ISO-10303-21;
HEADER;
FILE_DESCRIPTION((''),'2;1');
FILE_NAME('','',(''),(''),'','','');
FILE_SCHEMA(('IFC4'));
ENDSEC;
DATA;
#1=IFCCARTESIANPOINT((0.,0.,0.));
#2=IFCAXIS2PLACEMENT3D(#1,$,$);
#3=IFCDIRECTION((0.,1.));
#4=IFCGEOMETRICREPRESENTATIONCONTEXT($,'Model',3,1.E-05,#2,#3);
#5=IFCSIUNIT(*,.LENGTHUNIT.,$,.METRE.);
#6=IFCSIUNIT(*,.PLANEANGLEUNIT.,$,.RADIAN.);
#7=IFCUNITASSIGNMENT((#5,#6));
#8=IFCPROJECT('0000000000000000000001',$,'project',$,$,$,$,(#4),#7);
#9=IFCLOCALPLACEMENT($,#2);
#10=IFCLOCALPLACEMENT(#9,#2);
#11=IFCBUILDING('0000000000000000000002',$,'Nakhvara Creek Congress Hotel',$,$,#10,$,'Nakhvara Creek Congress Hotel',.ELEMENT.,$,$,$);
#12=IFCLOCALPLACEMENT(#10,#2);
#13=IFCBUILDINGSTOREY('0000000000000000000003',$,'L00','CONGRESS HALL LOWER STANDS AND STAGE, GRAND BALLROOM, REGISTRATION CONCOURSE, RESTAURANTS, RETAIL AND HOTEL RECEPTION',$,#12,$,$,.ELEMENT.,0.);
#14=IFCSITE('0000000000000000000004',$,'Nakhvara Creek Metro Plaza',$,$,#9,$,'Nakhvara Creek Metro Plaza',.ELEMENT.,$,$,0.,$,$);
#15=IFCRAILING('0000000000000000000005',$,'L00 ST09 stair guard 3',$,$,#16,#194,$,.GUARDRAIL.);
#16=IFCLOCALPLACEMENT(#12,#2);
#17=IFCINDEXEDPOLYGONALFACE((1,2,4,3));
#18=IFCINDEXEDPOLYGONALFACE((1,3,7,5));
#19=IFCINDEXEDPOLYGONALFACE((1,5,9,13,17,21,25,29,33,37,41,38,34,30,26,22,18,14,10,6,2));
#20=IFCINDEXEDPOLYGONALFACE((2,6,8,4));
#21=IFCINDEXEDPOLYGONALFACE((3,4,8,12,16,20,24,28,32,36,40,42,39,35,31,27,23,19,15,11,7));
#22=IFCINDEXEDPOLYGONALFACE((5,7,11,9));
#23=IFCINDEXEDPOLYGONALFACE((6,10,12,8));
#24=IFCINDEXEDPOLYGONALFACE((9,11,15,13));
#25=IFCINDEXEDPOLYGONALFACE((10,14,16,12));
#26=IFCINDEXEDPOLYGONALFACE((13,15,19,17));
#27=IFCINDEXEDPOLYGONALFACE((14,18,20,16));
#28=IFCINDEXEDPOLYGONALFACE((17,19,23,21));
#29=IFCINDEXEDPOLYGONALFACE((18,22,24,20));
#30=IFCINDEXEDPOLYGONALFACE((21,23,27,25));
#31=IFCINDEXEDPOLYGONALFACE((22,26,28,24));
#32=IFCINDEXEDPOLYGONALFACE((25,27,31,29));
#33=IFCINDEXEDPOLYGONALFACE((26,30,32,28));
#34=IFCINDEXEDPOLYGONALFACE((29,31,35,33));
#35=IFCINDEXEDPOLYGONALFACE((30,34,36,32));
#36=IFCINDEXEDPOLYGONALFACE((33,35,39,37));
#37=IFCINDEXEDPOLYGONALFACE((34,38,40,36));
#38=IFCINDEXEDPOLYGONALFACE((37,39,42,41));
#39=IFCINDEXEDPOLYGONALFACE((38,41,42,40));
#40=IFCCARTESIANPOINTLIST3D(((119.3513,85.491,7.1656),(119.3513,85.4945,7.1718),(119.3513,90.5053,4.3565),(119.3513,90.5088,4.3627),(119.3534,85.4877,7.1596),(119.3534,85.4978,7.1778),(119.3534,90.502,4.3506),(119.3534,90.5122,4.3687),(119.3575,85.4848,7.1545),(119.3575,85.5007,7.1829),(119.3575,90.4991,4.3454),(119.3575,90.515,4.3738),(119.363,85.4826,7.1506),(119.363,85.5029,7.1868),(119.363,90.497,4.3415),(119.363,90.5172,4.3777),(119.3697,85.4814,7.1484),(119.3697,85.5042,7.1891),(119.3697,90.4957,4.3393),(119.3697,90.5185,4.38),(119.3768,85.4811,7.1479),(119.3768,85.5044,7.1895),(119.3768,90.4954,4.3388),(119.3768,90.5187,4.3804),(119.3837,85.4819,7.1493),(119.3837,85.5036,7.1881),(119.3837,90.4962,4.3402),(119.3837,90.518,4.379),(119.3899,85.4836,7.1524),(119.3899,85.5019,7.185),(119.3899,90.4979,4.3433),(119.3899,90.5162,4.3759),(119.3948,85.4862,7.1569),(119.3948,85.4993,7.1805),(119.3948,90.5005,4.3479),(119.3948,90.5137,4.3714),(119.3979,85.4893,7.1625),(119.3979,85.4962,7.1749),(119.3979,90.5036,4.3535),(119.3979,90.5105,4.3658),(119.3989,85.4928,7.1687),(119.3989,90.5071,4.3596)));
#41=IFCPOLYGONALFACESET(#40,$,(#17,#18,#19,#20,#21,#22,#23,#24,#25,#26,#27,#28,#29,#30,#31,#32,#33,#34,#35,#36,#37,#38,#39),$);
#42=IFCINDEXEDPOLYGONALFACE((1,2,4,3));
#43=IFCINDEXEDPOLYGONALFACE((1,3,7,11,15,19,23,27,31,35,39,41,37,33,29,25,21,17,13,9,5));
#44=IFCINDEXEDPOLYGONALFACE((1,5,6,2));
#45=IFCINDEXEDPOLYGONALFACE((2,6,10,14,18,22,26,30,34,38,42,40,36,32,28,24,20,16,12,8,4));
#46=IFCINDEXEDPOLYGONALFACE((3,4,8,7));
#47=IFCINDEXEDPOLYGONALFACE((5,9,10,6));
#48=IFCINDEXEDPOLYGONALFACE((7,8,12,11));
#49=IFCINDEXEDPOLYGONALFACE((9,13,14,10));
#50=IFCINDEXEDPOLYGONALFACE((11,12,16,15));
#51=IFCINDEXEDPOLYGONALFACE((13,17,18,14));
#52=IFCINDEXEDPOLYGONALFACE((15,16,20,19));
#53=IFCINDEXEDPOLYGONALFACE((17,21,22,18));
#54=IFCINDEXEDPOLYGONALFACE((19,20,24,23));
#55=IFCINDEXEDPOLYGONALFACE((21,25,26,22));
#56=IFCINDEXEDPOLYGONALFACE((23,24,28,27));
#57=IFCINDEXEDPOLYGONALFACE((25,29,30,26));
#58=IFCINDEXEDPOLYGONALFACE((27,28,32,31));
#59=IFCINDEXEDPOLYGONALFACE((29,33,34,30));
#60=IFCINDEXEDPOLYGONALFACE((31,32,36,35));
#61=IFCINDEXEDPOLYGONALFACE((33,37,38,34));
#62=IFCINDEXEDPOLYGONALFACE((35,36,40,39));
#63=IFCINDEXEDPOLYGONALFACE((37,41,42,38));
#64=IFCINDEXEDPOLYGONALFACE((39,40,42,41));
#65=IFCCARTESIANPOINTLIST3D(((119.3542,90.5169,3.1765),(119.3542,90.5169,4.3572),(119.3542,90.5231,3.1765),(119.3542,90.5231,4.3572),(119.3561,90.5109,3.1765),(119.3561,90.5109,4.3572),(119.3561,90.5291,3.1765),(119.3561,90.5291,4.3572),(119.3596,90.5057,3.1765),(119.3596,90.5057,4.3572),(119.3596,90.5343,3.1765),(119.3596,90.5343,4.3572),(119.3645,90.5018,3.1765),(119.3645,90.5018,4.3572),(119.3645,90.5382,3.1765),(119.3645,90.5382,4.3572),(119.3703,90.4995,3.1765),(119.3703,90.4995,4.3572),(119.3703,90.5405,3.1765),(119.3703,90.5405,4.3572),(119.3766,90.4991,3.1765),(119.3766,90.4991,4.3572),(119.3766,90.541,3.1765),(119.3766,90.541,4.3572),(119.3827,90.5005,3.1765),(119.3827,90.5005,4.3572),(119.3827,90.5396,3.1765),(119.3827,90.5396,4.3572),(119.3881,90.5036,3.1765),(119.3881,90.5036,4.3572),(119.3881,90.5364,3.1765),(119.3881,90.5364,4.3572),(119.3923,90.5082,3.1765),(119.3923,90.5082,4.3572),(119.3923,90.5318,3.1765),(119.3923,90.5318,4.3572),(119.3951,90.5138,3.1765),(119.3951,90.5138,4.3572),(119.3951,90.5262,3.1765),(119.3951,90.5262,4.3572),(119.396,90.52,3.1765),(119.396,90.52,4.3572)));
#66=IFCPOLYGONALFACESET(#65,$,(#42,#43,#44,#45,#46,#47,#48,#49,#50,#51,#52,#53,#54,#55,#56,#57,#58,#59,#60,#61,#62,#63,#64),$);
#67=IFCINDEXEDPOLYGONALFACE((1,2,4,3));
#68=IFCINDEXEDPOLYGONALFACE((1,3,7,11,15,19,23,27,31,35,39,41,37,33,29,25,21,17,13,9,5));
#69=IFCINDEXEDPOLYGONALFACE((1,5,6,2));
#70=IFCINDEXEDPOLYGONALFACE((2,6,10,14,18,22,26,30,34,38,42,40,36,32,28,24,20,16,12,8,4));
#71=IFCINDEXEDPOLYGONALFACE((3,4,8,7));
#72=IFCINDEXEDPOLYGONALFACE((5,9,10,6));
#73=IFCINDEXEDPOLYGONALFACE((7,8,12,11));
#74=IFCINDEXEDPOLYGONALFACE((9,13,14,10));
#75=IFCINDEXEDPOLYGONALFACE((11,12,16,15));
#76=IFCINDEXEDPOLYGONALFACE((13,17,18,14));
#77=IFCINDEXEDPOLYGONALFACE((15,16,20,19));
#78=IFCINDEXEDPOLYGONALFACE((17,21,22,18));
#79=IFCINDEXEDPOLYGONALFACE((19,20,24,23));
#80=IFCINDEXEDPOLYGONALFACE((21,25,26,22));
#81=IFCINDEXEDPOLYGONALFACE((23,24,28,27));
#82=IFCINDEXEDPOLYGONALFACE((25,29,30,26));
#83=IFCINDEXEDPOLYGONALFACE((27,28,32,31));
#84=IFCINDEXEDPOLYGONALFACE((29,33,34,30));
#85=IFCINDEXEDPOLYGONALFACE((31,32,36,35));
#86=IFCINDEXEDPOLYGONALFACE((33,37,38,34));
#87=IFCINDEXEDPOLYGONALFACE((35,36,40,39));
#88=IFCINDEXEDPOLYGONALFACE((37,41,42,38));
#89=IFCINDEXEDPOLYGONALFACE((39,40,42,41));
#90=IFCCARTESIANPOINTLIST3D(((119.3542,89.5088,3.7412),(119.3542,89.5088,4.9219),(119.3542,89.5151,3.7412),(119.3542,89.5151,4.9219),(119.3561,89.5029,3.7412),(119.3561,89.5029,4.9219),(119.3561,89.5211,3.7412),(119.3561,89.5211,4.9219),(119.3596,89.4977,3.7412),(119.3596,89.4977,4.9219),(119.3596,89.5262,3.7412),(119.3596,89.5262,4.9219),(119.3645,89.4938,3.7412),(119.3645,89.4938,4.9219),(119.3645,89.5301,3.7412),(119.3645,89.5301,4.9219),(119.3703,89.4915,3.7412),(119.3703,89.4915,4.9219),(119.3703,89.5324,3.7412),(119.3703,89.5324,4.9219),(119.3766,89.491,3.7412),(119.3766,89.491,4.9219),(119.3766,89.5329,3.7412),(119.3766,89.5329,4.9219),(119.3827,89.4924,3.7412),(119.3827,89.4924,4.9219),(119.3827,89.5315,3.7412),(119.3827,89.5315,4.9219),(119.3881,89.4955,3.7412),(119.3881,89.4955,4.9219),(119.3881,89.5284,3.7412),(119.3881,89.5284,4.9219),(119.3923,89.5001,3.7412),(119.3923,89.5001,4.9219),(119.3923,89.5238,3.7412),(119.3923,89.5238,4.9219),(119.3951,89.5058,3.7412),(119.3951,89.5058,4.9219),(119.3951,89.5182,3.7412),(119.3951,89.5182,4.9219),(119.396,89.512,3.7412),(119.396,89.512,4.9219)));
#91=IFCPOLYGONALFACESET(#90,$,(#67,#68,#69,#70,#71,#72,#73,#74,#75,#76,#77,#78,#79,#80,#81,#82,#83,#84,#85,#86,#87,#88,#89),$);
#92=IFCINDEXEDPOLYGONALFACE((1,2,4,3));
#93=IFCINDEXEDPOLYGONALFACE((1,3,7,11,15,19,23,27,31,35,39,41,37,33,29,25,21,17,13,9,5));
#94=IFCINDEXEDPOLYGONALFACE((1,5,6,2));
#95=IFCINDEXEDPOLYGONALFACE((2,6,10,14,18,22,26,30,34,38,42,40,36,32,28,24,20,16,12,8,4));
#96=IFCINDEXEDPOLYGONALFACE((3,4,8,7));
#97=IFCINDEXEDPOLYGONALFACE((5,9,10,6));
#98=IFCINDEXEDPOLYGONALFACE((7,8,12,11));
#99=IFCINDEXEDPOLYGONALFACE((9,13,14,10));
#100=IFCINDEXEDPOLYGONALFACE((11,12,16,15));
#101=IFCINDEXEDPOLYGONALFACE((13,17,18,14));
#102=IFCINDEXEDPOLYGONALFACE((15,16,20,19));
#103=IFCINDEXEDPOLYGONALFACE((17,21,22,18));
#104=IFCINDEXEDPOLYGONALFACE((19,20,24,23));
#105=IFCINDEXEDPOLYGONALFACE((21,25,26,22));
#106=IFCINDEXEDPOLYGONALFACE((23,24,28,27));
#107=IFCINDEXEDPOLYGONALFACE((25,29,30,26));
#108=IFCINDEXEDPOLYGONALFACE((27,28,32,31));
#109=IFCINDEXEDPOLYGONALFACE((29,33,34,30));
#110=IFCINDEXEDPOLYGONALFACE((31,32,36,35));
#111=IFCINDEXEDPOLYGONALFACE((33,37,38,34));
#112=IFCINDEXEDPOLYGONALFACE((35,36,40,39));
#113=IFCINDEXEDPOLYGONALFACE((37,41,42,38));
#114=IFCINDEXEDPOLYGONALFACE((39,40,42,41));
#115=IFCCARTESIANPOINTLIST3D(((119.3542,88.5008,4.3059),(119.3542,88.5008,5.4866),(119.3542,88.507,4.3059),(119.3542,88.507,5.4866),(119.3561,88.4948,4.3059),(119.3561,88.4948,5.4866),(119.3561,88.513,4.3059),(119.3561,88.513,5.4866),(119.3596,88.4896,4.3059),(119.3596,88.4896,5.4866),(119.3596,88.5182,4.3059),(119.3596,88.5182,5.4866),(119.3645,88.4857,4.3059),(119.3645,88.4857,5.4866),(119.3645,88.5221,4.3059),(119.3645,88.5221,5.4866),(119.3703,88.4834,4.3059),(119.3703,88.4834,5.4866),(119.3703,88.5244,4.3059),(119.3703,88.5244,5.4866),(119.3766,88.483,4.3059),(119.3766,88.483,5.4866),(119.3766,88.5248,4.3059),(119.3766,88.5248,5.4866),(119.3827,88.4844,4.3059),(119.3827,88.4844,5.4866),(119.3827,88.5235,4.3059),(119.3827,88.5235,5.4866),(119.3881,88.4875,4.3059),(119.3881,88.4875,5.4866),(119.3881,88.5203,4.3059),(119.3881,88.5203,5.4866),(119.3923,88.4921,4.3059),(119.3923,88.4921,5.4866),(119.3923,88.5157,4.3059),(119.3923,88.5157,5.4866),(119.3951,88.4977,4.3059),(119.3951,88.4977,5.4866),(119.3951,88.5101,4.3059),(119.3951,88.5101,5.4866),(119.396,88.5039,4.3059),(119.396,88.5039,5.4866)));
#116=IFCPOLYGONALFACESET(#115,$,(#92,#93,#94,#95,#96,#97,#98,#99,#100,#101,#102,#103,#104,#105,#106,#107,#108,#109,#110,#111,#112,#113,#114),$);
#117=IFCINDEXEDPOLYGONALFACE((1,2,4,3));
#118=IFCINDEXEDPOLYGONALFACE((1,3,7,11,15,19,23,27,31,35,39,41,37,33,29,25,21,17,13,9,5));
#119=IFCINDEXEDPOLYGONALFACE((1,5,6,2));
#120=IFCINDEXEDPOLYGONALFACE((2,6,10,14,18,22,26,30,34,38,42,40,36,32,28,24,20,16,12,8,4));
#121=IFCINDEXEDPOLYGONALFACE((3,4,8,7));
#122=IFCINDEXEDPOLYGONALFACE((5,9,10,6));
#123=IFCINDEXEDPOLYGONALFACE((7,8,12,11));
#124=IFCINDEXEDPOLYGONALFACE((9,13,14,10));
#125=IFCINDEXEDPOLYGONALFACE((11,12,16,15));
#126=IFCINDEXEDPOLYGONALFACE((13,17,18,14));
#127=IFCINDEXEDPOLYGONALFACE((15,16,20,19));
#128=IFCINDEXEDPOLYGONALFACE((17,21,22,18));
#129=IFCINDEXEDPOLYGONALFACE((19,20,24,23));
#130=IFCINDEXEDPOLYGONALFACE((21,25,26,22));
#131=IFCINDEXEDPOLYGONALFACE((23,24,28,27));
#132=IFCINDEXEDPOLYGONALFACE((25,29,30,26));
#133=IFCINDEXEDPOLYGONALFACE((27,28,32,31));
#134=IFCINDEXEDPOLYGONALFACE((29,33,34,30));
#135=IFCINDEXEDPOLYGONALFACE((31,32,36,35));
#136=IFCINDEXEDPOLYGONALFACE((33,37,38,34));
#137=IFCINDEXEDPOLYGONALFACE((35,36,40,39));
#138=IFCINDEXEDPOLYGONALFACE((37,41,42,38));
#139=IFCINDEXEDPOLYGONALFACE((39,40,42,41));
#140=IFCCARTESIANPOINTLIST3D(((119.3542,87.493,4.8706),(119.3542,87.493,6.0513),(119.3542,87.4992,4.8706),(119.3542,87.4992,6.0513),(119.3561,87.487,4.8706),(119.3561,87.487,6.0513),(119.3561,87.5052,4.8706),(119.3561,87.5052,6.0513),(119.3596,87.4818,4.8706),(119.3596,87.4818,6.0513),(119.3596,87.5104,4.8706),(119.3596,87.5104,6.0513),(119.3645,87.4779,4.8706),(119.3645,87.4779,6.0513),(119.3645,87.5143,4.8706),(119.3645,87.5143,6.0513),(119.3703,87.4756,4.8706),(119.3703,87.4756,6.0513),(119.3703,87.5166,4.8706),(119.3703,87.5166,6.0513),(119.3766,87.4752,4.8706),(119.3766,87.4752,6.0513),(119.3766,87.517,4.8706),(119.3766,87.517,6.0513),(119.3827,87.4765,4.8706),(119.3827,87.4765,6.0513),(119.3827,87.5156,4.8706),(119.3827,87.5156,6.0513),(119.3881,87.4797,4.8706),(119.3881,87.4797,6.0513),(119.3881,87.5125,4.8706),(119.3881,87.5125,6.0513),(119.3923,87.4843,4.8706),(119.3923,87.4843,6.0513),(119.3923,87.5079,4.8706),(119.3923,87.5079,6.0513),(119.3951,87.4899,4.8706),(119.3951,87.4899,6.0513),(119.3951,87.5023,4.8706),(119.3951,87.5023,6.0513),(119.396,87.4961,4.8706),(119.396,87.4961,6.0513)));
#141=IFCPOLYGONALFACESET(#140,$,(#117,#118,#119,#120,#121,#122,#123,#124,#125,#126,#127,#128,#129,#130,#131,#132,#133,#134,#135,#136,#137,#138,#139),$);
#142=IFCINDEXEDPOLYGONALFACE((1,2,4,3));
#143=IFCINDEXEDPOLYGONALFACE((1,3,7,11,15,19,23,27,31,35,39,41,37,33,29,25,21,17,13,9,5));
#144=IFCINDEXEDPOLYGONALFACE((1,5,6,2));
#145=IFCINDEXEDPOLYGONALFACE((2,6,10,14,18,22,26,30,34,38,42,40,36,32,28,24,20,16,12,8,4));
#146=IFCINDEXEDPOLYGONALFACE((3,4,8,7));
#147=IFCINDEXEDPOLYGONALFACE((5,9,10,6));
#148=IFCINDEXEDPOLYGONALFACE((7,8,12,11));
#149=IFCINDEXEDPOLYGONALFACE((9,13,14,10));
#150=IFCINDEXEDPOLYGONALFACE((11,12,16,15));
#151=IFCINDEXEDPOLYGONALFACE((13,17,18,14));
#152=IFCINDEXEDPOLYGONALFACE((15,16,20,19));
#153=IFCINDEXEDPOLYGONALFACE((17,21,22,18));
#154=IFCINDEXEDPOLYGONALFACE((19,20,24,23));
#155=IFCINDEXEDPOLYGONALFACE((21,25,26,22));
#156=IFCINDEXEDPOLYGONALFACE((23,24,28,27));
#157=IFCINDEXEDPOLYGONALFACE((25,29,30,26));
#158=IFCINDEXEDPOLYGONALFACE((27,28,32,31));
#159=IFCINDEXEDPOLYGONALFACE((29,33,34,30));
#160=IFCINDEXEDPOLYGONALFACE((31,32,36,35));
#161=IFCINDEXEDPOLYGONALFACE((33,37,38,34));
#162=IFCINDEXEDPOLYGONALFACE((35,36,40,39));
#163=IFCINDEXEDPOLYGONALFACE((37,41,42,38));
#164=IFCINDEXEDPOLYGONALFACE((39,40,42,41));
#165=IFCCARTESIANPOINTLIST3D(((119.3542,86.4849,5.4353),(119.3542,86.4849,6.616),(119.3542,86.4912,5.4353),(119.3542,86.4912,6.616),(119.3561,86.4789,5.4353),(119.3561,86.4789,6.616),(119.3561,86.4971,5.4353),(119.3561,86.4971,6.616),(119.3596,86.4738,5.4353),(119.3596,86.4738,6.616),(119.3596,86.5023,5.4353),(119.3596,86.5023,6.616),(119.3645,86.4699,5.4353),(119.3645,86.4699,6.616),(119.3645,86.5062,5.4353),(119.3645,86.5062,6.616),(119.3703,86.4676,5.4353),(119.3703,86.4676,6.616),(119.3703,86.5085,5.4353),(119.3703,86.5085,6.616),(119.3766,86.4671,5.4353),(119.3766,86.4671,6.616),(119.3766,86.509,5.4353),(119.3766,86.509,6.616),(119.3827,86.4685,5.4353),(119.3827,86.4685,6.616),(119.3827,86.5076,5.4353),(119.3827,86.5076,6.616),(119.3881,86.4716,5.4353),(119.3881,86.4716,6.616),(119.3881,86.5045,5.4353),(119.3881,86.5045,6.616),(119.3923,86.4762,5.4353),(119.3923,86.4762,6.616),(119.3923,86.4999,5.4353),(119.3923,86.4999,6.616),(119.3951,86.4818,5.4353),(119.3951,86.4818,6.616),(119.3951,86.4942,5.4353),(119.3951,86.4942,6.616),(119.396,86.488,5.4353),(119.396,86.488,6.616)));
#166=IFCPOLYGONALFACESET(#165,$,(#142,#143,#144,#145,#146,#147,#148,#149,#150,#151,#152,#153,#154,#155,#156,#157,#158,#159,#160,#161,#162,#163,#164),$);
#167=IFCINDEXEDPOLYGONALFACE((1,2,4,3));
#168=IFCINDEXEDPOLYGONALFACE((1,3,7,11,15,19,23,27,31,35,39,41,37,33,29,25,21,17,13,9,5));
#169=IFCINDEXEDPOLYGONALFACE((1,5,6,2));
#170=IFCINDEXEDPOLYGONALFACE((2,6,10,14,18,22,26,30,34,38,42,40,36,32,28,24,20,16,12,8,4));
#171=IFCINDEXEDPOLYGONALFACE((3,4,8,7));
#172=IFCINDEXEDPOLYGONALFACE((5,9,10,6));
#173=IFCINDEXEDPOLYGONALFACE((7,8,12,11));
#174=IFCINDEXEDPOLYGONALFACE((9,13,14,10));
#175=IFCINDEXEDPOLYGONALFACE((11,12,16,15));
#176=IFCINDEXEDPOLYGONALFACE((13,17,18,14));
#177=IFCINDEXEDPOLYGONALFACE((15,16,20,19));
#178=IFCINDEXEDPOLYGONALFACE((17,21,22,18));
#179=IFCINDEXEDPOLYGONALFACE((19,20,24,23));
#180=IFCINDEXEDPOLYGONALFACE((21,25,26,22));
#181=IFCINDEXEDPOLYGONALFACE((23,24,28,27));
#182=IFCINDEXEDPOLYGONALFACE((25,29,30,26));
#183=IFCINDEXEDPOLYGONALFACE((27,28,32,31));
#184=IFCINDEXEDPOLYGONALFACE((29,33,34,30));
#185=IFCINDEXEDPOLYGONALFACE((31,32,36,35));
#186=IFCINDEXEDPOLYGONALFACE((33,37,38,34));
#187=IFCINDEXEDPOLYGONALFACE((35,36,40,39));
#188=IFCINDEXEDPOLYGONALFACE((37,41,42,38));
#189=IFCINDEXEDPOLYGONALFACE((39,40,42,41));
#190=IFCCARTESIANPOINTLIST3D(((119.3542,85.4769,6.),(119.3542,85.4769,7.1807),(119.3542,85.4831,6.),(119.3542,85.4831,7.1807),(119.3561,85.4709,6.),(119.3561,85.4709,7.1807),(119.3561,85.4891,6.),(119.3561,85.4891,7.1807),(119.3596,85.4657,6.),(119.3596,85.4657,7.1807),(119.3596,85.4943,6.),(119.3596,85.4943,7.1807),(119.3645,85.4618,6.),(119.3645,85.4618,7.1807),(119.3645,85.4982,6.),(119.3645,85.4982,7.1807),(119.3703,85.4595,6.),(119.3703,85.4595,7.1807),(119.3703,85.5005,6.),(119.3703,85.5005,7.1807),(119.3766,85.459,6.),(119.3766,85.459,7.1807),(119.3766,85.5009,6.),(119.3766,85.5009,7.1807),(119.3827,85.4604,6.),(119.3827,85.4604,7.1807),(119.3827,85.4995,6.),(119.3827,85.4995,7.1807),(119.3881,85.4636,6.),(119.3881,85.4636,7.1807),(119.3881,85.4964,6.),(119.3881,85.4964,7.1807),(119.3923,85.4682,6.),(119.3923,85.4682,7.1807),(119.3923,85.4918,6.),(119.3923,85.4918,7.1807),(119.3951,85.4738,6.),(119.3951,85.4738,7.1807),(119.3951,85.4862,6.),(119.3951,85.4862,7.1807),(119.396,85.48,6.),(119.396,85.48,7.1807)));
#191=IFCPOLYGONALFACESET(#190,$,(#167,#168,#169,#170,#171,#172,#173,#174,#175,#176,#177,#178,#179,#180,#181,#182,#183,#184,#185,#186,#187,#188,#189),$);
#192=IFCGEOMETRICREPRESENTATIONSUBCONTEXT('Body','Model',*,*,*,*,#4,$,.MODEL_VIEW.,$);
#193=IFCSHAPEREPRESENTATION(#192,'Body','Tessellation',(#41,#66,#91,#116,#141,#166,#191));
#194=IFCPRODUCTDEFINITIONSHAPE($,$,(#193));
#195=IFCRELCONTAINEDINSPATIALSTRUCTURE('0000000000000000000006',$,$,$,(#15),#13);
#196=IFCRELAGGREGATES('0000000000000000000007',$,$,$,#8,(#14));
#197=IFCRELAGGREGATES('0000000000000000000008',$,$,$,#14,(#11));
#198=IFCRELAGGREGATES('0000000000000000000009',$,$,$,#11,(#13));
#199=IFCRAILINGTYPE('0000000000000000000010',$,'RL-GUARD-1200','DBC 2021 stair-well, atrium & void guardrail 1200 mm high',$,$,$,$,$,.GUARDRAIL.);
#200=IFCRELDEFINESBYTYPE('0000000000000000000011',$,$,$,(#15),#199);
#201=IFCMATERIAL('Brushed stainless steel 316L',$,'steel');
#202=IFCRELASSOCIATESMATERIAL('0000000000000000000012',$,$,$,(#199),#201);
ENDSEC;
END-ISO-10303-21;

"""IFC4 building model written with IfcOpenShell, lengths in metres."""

from ifc_helpers import new_model, si_unit, direction, frame, origin, origin_2d, place, context, subcontext, project, spatial, circle, extrude, material, type_object, element, save


model = new_model("IFC4")

# Units and contexts
model_context = context("Model", 3, precision=1e-05, world=origin(), true_north=direction((0.0, 1.0)))
body_context = subcontext(model_context, "Body", "Model", "MODEL_VIEW")
ifc_project = project(units=[si_unit("LENGTHUNIT", "METRE"), si_unit("PLANEANGLEUNIT", "RADIAN")], contexts=[model_context])

# Site, building, storey
site_placement = place(None, origin())
site = spatial("IfcSite", under=ifc_project, at=site_placement, Name="Nakhvara Creek Metro Plaza", LongName="Nakhvara Creek Metro Plaza", CompositionType="ELEMENT", RefElevation=0.0)
building_placement = place(site_placement, origin())
building = spatial("IfcBuilding", under=site, at=building_placement, Name="Nakhvara Creek Congress Hotel", LongName="Nakhvara Creek Congress Hotel", CompositionType="ELEMENT")
storey_placement = place(building_placement, origin())
storey = spatial("IfcBuildingStorey", under=building, at=storey_placement, Name="L00", Description="CONGRESS HALL LOWER STANDS AND STAGE, GRAND BALLROOM, REGISTRATION CONCOURSE, RESTAURANTS, RETAIL AND HOTEL RECEPTION", CompositionType="ELEMENT", Elevation=0.0)

# Railing
ifc_material_1 = material(Name="Brushed stainless steel 316L", Category="steel")
railing_type_1 = type_object("IfcRailingType", Name="RL-GUARD-1200", Description="DBC 2021 stair-well, atrium & void guardrail 1200 mm high", PredefinedType="GUARDRAIL", material=ifc_material_1)
railing_1_placement = place(storey_placement, frame((119.375, 90.52, 3.1765)))
element("IfcRailing", 1, at=railing_1_placement, inside=storey, type_object=railing_type_1, Name="L00 ST09 stair guard 3", PredefinedType="GUARDRAIL", context=body_context, shape_type="SweptSolid", body=[
    extrude(circle(Radius=0.0239, at=origin_2d()), frame((0.0, -0.0129, 1.1831), z_axis=(0.0, -0.872427, 0.488744), x_axis=(1.0, 0.0, 0.0)), (0.0, 0.0, 1.0), 5.7476),
    extrude(circle(Radius=0.021, at=origin_2d()), origin(), (0.0, 0.0, 1.0), 1.1807),
    extrude(circle(Radius=0.021, at=origin_2d()), frame((0.0, -1.0081, 0.5647)), (0.0, 0.0, 1.0), 1.1807),
    extrude(circle(Radius=0.021, at=origin_2d()), frame((0.0, -2.0161, 1.1294)), (0.0, 0.0, 1.0), 1.1807),
    extrude(circle(Radius=0.021, at=origin_2d()), frame((0.0, -3.0239, 1.6941)), (0.0, 0.0, 1.0), 1.1807),
    extrude(circle(Radius=0.021, at=origin_2d()), frame((0.0, -4.032, 2.2588)), (0.0, 0.0, 1.0), 1.1807),
    extrude(circle(Radius=0.021, at=origin_2d()), frame((0.0, -5.04, 2.8235)), (0.0, 0.0, 1.0), 1.1807),
])

save(model, "model.ifc")
